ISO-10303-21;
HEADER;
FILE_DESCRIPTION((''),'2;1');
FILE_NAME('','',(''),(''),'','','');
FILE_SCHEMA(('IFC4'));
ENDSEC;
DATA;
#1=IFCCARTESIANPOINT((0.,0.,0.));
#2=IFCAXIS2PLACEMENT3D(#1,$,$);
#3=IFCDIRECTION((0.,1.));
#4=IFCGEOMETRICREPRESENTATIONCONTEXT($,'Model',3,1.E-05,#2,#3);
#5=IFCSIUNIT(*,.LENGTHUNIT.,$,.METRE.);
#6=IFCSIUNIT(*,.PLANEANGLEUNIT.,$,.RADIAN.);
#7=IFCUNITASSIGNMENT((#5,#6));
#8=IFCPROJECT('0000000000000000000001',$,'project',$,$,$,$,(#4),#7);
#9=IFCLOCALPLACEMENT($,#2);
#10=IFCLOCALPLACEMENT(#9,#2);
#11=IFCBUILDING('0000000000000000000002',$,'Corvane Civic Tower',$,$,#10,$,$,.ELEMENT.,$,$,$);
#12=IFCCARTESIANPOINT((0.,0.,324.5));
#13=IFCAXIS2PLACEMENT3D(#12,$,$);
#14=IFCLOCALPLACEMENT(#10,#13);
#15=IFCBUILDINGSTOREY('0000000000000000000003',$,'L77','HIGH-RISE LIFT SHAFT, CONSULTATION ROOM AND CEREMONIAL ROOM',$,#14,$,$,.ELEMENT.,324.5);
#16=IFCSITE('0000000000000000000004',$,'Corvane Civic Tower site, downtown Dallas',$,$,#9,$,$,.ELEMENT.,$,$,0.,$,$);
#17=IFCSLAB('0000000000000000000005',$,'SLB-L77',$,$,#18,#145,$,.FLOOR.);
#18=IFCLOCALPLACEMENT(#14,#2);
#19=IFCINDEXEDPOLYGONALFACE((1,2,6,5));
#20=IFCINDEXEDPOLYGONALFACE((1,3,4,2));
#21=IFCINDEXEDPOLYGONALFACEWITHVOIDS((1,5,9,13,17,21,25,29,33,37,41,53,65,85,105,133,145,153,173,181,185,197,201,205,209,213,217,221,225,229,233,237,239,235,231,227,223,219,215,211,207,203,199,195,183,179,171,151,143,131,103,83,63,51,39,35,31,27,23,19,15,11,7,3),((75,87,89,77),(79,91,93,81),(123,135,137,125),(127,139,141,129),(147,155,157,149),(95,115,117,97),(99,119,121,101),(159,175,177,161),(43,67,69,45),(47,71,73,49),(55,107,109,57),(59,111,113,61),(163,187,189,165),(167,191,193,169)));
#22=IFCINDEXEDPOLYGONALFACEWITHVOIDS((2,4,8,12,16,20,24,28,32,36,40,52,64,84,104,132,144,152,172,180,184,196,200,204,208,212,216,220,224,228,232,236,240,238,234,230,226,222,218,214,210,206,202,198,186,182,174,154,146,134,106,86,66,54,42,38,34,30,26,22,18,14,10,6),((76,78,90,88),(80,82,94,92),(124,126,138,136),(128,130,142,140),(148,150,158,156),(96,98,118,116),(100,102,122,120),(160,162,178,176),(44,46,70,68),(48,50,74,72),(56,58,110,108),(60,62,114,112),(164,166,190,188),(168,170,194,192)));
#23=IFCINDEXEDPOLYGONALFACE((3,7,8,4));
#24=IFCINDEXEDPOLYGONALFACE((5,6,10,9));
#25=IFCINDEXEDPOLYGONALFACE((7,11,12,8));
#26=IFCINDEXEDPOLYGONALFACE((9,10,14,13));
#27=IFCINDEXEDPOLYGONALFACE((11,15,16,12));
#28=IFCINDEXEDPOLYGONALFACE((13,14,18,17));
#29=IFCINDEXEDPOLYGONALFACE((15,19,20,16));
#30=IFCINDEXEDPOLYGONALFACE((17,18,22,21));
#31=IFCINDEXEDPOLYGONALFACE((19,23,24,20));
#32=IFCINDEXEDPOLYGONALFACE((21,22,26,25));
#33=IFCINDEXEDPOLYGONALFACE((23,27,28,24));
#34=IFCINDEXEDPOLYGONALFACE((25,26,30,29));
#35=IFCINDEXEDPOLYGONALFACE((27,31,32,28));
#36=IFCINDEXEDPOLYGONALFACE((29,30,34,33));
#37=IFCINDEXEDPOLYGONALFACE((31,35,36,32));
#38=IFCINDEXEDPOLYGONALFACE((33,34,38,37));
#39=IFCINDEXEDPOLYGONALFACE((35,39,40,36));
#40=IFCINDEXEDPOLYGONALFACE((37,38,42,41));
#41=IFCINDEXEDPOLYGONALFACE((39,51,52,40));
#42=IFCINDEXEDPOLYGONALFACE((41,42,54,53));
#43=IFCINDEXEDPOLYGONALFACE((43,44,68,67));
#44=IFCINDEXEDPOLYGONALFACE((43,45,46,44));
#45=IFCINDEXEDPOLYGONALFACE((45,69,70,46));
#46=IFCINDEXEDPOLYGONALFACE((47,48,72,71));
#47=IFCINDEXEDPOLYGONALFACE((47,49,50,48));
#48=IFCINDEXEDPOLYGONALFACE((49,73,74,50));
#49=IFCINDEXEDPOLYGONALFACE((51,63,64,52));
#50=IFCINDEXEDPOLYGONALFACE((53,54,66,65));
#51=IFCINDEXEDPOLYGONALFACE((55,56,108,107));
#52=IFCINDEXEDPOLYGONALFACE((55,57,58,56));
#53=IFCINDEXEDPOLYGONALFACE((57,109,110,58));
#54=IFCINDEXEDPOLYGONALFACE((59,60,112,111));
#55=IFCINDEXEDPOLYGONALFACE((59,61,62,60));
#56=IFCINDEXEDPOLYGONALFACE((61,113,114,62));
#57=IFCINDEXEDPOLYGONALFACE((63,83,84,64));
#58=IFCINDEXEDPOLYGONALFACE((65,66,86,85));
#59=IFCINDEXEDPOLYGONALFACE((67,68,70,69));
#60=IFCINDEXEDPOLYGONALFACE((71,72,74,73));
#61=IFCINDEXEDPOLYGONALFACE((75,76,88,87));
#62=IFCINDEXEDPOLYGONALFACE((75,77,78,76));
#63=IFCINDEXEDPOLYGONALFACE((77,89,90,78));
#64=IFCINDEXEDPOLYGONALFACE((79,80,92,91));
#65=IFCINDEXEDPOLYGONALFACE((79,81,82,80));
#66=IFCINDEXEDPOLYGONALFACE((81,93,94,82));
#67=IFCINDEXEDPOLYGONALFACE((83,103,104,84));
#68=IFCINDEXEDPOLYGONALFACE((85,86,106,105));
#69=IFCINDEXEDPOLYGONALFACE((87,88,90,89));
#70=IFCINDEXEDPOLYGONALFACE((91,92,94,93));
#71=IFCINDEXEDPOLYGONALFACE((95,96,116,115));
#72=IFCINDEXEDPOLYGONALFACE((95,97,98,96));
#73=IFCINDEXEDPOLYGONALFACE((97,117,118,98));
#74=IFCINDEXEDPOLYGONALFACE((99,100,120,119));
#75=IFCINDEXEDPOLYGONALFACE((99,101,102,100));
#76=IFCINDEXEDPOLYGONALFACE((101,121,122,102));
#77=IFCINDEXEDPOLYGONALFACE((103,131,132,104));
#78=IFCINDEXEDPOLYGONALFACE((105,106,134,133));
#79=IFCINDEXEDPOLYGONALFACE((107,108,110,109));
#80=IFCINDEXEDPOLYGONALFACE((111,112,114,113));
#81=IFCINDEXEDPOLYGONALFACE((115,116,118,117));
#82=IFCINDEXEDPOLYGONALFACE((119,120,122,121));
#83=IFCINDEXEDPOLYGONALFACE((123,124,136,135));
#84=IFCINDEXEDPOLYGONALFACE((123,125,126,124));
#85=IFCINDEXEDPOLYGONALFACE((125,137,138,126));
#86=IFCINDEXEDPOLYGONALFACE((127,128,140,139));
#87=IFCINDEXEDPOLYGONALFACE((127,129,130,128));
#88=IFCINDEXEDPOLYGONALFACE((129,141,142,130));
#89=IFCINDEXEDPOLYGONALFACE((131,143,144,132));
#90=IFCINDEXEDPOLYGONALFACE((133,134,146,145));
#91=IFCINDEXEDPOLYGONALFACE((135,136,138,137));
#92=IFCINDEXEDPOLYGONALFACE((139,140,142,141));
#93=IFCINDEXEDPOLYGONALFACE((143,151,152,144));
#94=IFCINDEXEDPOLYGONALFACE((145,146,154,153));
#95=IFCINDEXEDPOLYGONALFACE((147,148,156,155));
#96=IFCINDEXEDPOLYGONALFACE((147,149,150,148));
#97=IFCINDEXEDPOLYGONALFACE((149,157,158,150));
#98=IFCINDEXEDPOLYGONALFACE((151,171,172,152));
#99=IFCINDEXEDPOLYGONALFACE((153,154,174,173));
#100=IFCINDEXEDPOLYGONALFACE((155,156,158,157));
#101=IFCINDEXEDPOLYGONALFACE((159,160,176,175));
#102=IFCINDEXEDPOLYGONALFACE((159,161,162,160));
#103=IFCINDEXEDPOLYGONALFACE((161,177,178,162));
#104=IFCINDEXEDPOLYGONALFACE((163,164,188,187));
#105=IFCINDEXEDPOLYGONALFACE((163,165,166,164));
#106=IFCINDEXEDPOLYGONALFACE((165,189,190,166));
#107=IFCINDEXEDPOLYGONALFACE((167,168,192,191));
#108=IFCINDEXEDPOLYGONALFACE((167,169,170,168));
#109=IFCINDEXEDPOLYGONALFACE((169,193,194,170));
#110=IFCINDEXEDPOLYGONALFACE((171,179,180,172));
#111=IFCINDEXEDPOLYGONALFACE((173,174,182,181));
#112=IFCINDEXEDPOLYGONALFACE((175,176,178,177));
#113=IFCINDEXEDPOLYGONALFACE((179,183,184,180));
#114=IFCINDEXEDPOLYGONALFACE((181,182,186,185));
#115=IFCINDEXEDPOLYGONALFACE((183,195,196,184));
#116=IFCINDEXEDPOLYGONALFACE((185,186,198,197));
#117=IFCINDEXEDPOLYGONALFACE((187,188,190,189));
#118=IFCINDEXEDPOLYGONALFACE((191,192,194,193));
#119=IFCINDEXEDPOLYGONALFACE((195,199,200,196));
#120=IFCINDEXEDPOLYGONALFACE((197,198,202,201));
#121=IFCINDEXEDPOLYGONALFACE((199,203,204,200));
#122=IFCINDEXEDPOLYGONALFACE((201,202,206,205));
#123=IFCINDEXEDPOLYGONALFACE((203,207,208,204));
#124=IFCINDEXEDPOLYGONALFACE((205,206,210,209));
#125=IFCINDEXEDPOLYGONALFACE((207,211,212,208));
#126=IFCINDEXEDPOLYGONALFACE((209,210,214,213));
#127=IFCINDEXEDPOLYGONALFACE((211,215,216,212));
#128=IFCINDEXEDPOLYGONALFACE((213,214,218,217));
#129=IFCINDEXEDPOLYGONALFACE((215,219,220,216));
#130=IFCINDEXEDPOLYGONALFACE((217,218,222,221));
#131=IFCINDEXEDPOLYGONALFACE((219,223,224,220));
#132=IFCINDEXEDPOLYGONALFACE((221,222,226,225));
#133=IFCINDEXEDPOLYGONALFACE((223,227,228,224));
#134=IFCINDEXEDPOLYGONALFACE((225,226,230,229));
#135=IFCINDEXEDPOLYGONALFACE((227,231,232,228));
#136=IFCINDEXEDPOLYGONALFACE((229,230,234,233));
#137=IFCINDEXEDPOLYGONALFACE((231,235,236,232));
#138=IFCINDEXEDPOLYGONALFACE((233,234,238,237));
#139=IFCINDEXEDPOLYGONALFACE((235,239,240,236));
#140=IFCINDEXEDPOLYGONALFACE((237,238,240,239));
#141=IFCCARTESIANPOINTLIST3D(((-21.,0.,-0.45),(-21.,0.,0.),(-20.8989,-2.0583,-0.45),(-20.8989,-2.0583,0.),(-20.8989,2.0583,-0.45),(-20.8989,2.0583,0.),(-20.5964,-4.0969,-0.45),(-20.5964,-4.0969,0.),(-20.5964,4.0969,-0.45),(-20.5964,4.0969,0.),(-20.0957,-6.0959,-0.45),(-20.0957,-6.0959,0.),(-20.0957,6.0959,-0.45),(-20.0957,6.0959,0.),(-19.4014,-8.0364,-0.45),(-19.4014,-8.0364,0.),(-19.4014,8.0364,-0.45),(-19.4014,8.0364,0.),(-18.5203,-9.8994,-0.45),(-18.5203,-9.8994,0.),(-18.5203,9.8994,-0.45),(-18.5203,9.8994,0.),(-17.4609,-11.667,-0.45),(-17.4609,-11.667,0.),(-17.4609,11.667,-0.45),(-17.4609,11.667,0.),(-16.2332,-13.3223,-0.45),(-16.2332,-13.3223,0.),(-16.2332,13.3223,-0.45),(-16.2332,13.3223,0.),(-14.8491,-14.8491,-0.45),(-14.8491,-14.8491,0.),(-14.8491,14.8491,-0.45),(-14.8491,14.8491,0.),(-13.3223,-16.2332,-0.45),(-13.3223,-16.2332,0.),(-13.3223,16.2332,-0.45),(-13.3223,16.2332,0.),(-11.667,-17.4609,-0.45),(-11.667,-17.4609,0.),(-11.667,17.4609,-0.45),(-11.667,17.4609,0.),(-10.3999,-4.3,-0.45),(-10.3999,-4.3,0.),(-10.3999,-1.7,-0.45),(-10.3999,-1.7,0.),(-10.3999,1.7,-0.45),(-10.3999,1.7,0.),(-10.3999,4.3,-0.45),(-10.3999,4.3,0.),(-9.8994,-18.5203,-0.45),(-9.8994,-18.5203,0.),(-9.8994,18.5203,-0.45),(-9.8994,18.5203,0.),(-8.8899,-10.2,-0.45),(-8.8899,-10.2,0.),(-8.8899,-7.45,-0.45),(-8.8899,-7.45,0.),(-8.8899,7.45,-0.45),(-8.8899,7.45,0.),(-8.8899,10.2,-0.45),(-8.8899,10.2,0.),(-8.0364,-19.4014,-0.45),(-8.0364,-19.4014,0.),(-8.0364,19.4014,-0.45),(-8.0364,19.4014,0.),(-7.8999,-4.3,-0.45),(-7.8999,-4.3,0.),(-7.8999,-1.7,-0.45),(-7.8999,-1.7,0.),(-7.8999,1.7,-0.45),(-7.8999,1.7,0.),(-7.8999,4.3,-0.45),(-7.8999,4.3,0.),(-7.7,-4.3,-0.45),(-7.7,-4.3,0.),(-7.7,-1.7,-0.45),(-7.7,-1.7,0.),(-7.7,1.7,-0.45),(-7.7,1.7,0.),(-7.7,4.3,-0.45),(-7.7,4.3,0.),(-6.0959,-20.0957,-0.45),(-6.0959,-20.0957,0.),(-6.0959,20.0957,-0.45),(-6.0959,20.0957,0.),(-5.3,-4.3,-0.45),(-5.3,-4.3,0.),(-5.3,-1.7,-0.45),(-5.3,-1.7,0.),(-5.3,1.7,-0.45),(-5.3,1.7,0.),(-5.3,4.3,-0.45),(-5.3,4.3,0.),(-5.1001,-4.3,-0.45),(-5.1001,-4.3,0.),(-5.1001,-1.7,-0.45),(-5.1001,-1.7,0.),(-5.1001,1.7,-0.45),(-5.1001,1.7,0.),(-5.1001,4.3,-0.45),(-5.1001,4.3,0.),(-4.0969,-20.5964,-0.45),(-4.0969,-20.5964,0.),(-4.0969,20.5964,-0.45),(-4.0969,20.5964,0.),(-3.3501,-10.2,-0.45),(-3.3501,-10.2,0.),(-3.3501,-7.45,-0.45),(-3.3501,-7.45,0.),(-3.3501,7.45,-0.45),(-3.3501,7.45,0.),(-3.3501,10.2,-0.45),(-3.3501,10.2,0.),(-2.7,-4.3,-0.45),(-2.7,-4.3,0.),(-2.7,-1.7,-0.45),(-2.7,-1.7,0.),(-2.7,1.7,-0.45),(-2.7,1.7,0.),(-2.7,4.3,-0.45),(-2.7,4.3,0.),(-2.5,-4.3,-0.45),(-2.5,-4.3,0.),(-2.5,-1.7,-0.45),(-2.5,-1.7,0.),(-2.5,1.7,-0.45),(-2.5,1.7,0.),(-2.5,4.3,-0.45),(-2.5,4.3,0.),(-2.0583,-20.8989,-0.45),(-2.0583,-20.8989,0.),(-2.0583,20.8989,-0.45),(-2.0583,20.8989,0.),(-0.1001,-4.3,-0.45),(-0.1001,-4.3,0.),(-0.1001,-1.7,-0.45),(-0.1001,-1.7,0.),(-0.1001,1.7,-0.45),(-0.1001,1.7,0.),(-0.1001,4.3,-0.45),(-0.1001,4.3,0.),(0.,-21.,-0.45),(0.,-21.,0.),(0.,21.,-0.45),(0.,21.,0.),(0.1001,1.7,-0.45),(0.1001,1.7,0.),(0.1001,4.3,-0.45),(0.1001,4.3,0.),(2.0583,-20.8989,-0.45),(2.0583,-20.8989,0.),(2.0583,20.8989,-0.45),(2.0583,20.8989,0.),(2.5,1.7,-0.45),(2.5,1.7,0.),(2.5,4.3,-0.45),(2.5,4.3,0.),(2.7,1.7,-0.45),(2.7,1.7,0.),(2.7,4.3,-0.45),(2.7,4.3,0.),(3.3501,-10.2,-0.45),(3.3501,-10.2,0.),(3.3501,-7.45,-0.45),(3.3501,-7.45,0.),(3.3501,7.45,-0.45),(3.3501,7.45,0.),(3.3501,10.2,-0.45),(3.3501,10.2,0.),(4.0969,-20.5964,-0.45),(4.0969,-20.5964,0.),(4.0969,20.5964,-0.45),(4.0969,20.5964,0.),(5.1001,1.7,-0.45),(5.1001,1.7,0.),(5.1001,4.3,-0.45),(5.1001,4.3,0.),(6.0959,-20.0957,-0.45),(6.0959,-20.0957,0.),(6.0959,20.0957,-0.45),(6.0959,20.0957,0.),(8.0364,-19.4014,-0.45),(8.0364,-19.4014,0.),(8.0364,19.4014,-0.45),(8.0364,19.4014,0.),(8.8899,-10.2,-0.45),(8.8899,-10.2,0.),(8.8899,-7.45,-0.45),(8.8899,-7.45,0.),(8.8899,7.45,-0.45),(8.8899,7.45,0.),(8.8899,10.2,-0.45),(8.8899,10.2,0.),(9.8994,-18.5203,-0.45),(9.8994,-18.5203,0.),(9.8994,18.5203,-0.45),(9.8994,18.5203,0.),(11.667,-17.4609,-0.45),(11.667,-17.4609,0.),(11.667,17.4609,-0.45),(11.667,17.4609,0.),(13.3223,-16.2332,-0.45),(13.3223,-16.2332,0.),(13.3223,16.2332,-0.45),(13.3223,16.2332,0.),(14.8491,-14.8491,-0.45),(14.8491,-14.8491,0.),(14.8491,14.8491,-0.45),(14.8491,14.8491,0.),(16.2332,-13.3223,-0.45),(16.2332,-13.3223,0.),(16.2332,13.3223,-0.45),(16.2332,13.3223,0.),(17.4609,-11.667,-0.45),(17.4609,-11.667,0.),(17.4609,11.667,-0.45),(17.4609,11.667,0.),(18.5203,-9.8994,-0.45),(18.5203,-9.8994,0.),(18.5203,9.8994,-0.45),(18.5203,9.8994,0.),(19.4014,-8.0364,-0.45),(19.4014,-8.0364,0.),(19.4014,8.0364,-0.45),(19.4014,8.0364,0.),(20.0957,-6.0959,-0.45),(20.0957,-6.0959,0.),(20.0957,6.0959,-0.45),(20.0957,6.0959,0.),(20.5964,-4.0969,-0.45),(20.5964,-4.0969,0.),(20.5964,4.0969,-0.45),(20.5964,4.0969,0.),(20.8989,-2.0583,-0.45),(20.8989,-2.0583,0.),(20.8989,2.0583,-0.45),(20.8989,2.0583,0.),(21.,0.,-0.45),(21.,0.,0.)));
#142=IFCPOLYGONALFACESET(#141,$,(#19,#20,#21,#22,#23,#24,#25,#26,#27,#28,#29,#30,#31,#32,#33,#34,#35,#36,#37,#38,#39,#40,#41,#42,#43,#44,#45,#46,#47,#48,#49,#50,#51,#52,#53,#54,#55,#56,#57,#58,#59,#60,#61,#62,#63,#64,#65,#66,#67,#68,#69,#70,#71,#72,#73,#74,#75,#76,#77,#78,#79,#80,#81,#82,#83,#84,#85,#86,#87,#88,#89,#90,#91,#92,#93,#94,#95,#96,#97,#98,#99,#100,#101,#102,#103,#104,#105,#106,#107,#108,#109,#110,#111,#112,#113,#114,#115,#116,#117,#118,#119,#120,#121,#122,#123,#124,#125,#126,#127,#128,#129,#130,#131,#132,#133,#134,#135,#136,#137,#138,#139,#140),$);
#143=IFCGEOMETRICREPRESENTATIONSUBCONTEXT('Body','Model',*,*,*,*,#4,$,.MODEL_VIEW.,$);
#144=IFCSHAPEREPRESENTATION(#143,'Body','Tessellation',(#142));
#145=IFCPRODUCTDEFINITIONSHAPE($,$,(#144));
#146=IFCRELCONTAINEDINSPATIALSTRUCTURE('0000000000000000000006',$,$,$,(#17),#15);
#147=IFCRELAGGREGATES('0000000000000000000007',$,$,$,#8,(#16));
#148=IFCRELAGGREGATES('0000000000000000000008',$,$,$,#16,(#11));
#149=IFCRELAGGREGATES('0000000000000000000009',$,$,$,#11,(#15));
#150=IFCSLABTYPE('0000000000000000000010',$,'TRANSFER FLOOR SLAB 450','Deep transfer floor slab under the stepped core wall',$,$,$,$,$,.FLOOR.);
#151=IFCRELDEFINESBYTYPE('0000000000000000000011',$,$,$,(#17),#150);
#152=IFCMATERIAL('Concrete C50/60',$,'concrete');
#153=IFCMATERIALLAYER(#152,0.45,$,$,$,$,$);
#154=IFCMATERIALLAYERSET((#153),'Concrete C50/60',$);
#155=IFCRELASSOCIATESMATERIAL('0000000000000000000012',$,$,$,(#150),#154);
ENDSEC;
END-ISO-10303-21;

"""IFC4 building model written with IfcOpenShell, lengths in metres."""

from ifc_helpers import new_model, si_unit, direction, frame, origin, place, context, subcontext, project, spatial, polyline, outline, extrude, material, layer, layer_set, type_object, element, save


model = new_model("IFC4")

# Units and contexts
model_context = context("Model", 3, precision=1e-05, world=origin(), true_north=direction((0.0, 1.0)))
body_context = subcontext(model_context, "Body", "Model", "MODEL_VIEW")
ifc_project = project(units=[si_unit("LENGTHUNIT", "METRE"), si_unit("PLANEANGLEUNIT", "RADIAN")], contexts=[model_context])

# Site, building, storey
site_placement = place(None, origin())
site = spatial("IfcSite", under=ifc_project, at=site_placement, Name="Corvane Civic Tower site, downtown Dallas", CompositionType="ELEMENT", RefElevation=0.0)
building_placement = place(site_placement, origin())
building = spatial("IfcBuilding", under=site, at=building_placement, Name="Corvane Civic Tower", CompositionType="ELEMENT")
storey_placement = place(building_placement, frame((0.0, 0.0, 324.5)))
storey = spatial("IfcBuildingStorey", under=building, at=storey_placement, Name="L77", Description="HIGH-RISE LIFT SHAFT, CONSULTATION ROOM AND CEREMONIAL ROOM", CompositionType="ELEMENT", Elevation=324.5)

# Slab
ifc_material_1 = material(Name="Concrete C50/60", Category="concrete")
ifc_layer_1 = layer(ifc_material_1, 0.45)
ifc_layer_set_1 = layer_set([ifc_layer_1], Name="Concrete C50/60")
slab_type_1 = type_object("IfcSlabType", Name="TRANSFER FLOOR SLAB 450", Description="Deep transfer floor slab under the stepped core wall", PredefinedType="FLOOR", material=ifc_layer_set_1)
slab_1_placement = place(storey_placement, frame((0.0, 0.0, -0.45)))
element("IfcSlab", 1, at=slab_1_placement, inside=storey, type_object=slab_type_1, Name="SLB-L77", PredefinedType="FLOOR", context=body_context, shape_type="SweptSolid", body=[
    extrude(outline(polyline([(0.0, 21.0), (-2.0583, 20.8989), (-4.0969, 20.5964), (-6.0959, 20.0957), (-8.0364, 19.4014), (-9.8994, 18.5203), (-11.667, 17.4609), (-13.3223, 16.2332), (-14.8491, 14.8491), (-16.2332, 13.3223), (-17.4609, 11.667), (-18.5203, 9.8994), (-19.4014, 8.0364), (-20.0957, 6.0959), (-20.5964, 4.0969), (-20.8989, 2.0583), (-21.0, 0.0), (-20.8989, -2.0583), (-20.5964, -4.0969), (-20.0957, -6.0959), (-19.4014, -8.0364), (-18.5203, -9.8994), (-17.4609, -11.667), (-16.2332, -13.3223), (-14.8491, -14.8491), (-13.3223, -16.2332), (-11.667, -17.4609), (-9.8994, -18.5203), (-8.0364, -19.4014), (-6.0959, -20.0957), (-4.0969, -20.5964), (-2.0583, -20.8989), (0.0, -21.0), (2.0583, -20.8989), (4.0969, -20.5964), (6.0959, -20.0957), (8.0364, -19.4014), (9.8994, -18.5203), (11.667, -17.4609), (13.3223, -16.2332), (14.8491, -14.8491), (16.2332, -13.3223), (17.4609, -11.667), (18.5203, -9.8994), (19.4014, -8.0364), (20.0957, -6.0959), (20.5964, -4.0969), (20.8989, -2.0583), (21.0, 0.0), (20.8989, 2.0583), (20.5964, 4.0969), (20.0957, 6.0959), (19.4014, 8.0364), (18.5203, 9.8994), (17.4609, 11.667), (16.2332, 13.3223), (14.8491, 14.8491), (13.3223, 16.2332), (11.667, 17.4609), (9.8994, 18.5203), (8.0364, 19.4014), (6.0959, 20.0957), (4.0969, 20.5964), (2.0583, 20.8989), (0.0, 21.0)]), holes=[polyline([(-10.3999, 4.3), (-7.8999, 4.3), (-7.8999, 1.7), (-10.3999, 1.7), (-10.3999, 4.3)]), polyline([(-7.7, 4.3), (-5.3, 4.3), (-5.3, 1.7), (-7.7, 1.7), (-7.7, 4.3)]), polyline([(-5.1001, 4.3), (-2.7, 4.3), (-2.7, 1.7), (-5.1001, 1.7), (-5.1001, 4.3)]), polyline([(-2.5, 4.3), (-0.1001, 4.3), (-0.1001, 1.7), (-2.5, 1.7), (-2.5, 4.3)]), polyline([(0.1001, 1.7), (0.1001, 4.3), (2.5, 4.3), (2.5, 1.7), (0.1001, 1.7)]), polyline([(2.7, 1.7), (2.7, 4.3), (5.1001, 4.3), (5.1001, 1.7), (2.7, 1.7)]), polyline([(-10.3999, -1.7), (-7.8999, -1.7), (-7.8999, -4.3), (-10.3999, -4.3), (-10.3999, -1.7)]), polyline([(-7.7, -4.3), (-7.7, -1.7), (-5.3, -1.7), (-5.3, -4.3), (-7.7, -4.3)]), polyline([(-5.1001, -4.3), (-5.1001, -1.7), (-2.7, -1.7), (-2.7, -4.3), (-5.1001, -4.3)]), polyline([(-2.5, -4.3), (-2.5, -1.7), (-0.1001, -1.7), (-0.1001, -4.3), (-2.5, -4.3)]), polyline([(8.8899, 10.2), (8.8899, 7.45), (3.3501, 7.45), (3.3501, 10.2), (8.8899, 10.2)]), polyline([(-8.8899, 7.45), (-8.8899, 10.2), (-3.3501, 10.2), (-3.3501, 7.45), (-8.8899, 7.45)]), polyline([(8.8899, -7.45), (8.8899, -10.2), (3.3501, -10.2), (3.3501, -7.45), (8.8899, -7.45)]), polyline([(-8.8899, -10.2), (-8.8899, -7.45), (-3.3501, -7.45), (-3.3501, -10.2), (-8.8899, -10.2)])]), origin(), (0.0, 0.0, 1.0), 0.45),
])

save(model, "model.ifc")
